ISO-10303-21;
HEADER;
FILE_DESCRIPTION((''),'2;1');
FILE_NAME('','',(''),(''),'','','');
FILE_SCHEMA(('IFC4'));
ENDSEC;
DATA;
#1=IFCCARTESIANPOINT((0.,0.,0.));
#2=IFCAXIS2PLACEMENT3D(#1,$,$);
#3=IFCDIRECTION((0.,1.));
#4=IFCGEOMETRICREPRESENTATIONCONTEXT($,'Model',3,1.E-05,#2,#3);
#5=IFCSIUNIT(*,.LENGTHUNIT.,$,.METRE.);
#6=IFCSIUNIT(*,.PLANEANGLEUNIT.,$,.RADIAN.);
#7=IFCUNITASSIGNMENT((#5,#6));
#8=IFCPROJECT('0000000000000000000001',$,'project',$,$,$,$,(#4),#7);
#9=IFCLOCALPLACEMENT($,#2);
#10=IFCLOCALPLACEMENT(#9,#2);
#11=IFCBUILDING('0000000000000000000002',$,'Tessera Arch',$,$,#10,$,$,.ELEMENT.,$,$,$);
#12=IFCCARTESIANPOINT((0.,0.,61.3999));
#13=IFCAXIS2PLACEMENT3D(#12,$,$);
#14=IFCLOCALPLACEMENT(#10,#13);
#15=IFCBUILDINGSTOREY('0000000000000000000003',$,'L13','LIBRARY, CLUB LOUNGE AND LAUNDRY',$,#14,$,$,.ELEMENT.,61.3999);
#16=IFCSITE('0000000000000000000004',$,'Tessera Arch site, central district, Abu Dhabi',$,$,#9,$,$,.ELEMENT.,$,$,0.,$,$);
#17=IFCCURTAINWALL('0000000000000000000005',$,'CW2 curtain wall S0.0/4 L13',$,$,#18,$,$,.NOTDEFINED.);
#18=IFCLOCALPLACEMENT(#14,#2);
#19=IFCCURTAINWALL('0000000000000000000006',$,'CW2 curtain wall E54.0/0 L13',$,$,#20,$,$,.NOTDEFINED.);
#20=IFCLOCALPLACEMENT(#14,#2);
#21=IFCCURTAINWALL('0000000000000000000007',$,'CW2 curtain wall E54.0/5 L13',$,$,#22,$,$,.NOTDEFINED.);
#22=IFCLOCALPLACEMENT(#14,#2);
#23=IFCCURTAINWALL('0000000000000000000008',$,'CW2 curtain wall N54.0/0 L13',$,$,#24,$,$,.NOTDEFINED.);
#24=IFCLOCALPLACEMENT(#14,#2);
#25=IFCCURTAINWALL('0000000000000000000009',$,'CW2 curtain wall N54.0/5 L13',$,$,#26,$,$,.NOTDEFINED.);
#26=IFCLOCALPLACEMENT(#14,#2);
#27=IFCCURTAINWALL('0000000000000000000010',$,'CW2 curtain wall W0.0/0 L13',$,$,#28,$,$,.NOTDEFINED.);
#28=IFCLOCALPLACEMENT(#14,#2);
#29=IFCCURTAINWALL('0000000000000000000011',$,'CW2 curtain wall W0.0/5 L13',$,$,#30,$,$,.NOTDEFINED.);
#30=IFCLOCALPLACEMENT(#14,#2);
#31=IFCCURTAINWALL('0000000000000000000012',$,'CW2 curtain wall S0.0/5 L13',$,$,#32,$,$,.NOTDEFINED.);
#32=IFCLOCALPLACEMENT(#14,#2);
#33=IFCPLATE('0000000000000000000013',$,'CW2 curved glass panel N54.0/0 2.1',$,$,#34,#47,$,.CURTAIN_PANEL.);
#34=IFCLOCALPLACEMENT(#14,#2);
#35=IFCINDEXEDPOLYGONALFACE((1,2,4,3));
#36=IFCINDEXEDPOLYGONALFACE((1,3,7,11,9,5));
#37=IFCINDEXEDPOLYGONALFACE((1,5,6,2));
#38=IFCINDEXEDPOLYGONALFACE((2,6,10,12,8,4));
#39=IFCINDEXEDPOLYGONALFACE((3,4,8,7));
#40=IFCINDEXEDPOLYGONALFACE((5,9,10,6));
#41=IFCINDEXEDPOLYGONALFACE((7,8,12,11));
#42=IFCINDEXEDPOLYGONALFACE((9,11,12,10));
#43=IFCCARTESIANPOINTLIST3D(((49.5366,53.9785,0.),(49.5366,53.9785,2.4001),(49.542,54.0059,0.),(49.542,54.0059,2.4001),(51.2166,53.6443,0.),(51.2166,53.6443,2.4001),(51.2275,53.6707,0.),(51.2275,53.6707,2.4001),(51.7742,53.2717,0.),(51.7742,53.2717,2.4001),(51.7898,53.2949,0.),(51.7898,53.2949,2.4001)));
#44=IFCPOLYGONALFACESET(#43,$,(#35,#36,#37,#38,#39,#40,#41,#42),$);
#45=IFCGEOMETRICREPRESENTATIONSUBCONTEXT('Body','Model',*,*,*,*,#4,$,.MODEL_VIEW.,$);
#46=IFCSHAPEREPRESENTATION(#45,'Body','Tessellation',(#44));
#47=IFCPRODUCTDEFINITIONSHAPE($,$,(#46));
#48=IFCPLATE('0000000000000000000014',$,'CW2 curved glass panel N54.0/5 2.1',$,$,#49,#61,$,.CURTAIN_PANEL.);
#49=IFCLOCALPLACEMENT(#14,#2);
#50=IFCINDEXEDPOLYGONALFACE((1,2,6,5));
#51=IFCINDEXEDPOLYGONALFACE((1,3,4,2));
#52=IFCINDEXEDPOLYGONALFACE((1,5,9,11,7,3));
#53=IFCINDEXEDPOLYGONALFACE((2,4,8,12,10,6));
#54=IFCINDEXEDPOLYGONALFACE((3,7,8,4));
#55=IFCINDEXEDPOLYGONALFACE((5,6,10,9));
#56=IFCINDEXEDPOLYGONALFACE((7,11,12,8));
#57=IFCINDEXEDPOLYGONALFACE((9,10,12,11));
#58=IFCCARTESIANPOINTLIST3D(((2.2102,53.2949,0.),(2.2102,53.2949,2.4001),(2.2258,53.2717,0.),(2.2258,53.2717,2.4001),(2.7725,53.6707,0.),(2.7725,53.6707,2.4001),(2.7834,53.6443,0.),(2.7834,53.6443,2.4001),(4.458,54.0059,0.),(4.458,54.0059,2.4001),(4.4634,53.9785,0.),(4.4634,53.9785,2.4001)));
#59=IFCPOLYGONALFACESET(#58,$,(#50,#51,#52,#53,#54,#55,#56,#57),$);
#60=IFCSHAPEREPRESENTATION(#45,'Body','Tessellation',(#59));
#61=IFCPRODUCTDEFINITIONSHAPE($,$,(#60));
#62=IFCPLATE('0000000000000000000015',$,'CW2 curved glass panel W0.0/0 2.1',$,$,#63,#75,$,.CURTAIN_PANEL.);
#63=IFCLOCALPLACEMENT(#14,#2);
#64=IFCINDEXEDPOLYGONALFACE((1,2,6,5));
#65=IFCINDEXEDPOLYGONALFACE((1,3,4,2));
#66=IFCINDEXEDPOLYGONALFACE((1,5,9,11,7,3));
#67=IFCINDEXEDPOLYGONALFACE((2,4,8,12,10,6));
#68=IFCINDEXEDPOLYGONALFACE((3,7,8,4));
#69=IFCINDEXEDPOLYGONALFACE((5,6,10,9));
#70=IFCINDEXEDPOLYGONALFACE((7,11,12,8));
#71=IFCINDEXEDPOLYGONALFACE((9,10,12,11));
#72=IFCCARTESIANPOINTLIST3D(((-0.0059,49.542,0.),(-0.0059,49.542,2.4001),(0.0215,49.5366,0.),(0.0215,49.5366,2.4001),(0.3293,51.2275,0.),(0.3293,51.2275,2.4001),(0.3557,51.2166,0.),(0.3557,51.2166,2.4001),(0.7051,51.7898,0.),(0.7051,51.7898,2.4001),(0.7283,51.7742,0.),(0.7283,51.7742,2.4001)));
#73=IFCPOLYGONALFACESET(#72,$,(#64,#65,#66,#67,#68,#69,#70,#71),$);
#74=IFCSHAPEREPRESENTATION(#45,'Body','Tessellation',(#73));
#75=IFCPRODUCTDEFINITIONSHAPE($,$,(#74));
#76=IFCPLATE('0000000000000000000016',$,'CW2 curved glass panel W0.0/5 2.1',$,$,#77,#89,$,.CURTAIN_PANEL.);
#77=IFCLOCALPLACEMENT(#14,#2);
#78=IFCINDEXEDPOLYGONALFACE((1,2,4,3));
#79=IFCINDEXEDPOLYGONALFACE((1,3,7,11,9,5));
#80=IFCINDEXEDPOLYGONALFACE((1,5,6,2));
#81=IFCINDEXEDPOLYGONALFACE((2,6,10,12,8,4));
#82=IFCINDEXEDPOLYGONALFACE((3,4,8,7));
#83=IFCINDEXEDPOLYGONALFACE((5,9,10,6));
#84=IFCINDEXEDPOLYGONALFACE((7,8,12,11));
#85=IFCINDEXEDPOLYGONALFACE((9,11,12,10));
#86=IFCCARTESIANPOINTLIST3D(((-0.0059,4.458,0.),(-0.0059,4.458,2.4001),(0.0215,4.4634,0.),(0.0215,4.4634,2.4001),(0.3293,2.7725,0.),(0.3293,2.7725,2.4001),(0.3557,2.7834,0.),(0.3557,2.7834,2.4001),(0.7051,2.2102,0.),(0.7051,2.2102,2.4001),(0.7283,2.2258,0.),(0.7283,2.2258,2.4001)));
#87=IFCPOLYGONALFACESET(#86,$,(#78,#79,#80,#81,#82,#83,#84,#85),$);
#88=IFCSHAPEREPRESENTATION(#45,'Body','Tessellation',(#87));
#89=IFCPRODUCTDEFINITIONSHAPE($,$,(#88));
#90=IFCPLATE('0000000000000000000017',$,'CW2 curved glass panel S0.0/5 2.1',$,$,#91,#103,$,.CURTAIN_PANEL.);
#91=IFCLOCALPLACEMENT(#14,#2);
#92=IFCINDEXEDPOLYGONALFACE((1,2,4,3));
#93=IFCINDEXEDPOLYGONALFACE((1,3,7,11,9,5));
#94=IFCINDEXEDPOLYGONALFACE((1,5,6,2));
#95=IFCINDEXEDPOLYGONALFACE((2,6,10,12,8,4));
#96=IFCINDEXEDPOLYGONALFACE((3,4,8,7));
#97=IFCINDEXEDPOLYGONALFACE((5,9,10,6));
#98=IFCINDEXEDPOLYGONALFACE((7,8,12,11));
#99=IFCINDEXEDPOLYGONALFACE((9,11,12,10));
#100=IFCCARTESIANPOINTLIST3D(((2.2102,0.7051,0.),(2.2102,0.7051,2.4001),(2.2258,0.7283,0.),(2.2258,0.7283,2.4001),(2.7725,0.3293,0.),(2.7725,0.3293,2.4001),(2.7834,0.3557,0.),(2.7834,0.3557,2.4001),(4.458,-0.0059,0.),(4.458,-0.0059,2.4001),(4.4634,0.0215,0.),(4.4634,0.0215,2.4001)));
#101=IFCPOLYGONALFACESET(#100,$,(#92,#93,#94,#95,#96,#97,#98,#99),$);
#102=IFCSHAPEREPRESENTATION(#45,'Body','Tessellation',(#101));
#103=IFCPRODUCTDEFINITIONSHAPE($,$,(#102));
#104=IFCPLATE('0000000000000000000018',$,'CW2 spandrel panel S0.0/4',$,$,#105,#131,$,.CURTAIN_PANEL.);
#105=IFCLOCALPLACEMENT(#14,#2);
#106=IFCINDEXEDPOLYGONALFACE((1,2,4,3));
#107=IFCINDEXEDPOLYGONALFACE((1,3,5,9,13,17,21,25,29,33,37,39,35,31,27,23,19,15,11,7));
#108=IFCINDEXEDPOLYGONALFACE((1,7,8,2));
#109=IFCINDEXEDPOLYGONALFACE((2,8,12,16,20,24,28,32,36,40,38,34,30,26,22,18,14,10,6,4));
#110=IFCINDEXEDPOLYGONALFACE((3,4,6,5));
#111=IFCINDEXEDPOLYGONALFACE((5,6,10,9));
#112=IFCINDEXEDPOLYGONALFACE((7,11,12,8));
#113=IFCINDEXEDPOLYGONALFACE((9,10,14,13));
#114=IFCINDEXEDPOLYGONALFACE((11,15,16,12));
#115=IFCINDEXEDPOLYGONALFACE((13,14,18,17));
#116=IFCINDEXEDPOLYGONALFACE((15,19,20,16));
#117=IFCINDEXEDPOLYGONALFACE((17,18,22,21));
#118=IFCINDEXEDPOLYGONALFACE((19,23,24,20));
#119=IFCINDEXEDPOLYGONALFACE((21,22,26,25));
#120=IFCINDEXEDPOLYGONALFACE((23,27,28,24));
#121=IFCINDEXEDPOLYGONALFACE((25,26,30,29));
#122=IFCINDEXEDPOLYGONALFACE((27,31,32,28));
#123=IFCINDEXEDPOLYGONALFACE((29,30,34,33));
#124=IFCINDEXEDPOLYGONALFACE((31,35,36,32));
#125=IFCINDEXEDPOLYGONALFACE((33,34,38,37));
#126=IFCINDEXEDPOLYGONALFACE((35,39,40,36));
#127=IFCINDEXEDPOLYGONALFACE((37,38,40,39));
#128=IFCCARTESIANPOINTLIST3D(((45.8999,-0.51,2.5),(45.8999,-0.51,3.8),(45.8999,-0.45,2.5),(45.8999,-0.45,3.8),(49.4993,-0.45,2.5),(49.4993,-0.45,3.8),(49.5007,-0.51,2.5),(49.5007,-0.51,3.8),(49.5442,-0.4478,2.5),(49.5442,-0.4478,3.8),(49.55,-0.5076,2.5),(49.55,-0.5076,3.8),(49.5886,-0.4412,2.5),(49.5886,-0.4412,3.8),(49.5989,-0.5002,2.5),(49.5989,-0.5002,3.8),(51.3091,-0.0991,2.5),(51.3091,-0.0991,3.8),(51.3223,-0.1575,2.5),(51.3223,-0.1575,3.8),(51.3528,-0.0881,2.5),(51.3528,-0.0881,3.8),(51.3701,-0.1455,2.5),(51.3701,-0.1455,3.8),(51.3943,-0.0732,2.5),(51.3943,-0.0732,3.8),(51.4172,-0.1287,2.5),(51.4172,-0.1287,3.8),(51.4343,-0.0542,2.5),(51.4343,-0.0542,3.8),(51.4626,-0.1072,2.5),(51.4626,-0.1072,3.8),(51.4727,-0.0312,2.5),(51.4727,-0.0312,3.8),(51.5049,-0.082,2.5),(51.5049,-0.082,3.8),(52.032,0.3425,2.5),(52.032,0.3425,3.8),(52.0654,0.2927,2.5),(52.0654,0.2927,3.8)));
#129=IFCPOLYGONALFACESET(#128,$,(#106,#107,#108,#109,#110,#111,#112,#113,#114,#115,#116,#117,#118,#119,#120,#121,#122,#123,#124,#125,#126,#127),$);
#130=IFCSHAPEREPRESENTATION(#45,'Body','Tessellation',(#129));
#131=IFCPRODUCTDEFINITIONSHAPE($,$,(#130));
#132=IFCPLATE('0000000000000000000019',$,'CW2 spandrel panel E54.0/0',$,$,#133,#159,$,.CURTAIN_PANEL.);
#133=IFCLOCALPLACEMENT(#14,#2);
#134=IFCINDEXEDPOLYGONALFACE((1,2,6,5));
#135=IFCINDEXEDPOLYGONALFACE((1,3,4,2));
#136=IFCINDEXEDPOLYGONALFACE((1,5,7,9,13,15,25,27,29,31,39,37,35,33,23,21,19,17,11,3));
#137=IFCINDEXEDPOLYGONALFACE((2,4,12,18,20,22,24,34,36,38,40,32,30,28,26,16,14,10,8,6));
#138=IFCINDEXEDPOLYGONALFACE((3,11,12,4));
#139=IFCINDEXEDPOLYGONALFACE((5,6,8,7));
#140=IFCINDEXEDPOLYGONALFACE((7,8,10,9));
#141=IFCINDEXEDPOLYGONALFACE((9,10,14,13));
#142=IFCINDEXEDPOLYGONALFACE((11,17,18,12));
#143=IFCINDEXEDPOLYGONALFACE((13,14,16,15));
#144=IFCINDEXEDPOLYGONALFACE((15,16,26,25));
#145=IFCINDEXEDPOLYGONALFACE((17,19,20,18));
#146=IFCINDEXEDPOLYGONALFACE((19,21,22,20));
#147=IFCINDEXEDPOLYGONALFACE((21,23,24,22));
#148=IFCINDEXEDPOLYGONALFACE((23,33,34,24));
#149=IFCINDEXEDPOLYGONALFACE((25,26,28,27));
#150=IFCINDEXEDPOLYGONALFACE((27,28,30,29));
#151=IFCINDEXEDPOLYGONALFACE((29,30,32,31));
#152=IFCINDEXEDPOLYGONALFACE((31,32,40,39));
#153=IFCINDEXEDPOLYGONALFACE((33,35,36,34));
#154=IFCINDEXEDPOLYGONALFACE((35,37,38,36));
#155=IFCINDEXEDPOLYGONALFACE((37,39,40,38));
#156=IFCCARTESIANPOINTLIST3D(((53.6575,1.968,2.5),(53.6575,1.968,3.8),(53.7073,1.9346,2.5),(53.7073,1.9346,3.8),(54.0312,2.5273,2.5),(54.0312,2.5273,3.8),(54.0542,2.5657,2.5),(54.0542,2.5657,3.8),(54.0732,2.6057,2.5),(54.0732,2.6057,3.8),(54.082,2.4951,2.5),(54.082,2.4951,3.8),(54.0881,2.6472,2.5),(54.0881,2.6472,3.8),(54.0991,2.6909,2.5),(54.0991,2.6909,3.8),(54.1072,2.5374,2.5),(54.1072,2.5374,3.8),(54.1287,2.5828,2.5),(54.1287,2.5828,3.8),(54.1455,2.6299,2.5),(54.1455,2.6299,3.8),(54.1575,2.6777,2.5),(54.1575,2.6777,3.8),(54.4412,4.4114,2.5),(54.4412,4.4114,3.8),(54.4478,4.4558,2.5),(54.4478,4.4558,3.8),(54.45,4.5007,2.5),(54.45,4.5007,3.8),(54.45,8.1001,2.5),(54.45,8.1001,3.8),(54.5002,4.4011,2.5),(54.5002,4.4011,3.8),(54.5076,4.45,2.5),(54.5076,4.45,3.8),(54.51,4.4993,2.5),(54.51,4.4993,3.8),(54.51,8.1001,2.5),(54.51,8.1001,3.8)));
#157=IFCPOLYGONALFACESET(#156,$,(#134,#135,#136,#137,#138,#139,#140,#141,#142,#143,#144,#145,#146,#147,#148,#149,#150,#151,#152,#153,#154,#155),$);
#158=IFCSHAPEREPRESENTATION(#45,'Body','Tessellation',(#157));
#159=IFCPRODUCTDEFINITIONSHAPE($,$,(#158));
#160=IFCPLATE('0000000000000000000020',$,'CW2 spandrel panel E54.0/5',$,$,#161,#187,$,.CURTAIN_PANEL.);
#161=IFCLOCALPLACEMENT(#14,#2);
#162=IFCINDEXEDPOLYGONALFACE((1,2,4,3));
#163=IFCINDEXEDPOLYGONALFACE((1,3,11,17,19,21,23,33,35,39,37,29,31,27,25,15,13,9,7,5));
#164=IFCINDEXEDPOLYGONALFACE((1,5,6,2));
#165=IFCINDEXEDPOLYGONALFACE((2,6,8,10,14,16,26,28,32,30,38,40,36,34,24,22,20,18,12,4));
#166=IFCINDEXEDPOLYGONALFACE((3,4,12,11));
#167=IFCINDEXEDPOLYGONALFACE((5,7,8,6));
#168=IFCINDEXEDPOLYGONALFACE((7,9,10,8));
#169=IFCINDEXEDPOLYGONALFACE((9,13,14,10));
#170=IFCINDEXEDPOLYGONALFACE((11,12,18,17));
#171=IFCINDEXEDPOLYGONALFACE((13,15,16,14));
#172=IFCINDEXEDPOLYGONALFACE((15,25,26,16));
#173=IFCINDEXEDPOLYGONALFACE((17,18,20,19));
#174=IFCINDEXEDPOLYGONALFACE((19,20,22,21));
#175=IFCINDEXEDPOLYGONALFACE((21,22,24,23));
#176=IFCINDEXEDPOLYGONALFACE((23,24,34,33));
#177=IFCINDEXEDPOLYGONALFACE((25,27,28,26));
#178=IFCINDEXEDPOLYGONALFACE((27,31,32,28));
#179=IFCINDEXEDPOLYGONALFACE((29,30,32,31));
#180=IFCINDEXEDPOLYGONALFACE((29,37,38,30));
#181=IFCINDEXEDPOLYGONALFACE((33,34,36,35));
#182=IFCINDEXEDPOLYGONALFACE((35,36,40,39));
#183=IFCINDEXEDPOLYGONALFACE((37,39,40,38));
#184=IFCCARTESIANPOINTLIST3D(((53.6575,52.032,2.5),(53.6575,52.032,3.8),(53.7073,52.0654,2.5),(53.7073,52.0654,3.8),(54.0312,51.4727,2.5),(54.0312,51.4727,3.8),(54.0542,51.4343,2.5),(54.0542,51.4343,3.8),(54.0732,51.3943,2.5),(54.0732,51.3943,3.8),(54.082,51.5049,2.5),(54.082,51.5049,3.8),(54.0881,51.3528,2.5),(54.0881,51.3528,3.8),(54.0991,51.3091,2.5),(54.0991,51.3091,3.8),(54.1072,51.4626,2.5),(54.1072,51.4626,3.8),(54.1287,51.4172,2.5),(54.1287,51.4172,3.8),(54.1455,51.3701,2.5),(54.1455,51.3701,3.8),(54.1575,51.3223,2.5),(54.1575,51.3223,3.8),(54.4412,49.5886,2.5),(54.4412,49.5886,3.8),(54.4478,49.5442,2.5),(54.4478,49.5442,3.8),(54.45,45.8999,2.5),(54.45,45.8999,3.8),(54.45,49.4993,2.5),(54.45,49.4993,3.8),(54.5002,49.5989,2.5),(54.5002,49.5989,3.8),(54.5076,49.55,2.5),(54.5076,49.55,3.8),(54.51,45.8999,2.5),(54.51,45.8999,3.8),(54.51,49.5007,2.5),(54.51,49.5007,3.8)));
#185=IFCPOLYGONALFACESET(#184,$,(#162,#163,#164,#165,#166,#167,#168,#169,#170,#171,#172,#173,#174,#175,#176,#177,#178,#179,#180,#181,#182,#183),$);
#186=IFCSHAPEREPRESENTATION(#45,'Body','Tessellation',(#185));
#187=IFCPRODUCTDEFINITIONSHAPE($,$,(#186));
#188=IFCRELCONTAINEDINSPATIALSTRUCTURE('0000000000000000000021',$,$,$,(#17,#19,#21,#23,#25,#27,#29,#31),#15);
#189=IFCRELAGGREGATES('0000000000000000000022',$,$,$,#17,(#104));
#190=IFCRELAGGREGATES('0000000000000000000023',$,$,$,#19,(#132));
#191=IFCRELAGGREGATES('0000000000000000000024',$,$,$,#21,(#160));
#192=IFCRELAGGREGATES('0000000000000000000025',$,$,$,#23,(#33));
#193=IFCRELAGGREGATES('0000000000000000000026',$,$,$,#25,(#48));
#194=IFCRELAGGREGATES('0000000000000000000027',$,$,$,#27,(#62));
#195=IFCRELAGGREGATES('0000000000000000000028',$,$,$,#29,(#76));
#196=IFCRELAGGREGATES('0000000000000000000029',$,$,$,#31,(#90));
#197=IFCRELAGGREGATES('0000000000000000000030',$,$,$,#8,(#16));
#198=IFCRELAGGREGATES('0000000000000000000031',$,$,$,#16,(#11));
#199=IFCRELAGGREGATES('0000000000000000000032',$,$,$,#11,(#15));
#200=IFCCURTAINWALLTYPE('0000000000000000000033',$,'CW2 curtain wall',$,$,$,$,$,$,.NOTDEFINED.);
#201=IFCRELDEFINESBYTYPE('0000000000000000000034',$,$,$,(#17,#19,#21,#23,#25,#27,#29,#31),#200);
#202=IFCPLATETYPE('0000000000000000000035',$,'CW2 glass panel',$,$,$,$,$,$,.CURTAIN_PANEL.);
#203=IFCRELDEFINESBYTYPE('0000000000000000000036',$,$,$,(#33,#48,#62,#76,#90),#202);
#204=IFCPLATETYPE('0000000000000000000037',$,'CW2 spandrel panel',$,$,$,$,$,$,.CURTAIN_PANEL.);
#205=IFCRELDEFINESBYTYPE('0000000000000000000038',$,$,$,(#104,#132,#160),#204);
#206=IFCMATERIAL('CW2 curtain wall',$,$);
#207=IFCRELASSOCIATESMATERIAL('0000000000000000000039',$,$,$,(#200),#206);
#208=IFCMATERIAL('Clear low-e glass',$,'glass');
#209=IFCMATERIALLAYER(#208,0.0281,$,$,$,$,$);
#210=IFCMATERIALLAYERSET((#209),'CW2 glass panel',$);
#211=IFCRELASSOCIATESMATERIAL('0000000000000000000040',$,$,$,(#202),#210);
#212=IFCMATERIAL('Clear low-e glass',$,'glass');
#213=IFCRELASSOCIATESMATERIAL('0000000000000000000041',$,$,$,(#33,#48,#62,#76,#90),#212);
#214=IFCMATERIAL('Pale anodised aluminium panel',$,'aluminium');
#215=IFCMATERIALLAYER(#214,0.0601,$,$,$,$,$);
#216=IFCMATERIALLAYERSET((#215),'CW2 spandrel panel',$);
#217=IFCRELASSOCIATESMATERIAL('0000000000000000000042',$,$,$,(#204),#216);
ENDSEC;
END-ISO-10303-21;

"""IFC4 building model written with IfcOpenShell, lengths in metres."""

from ifc_helpers import new_model, si_unit, direction, frame, origin, place, context, subcontext, project, spatial, polyline, outline, extrude, material, layer, layer_set, type_object, element, aggregate, save


model = new_model("IFC4")

# Units and contexts
model_context = context("Model", 3, precision=1e-05, world=origin(), true_north=direction((0.0, 1.0)))
body_context = subcontext(model_context, "Body", "Model", "MODEL_VIEW")
ifc_project = project(units=[si_unit("LENGTHUNIT", "METRE"), si_unit("PLANEANGLEUNIT", "RADIAN")], contexts=[model_context])

# Site, building, storey
site_placement = place(None, origin())
site = spatial("IfcSite", under=ifc_project, at=site_placement, Name="Tessera Arch site, central district, Abu Dhabi", CompositionType="ELEMENT", RefElevation=0.0)
building_placement = place(site_placement, origin())
building = spatial("IfcBuilding", under=site, at=building_placement, Name="Tessera Arch", CompositionType="ELEMENT")
storey_placement = place(building_placement, frame((0.0, 0.0, 61.3999)))
storey = spatial("IfcBuildingStorey", under=building, at=storey_placement, Name="L13", Description="LIBRARY, CLUB LOUNGE AND LAUNDRY", CompositionType="ELEMENT", Elevation=61.3999)

# Curtain walls
ifc_material_1 = material(Name="CW2 curtain wall")
curtain_wall_type = type_object("IfcCurtainWallType", Name="CW2 curtain wall", PredefinedType="NOTDEFINED", material=ifc_material_1)
curtain_wall_1_placement = place(storey_placement, origin())
curtain_wall_1 = element("IfcCurtainWall", 1, at=curtain_wall_1_placement, inside=storey, type_object=curtain_wall_type, Name="CW2 curtain wall S0.0/4 L13", PredefinedType="NOTDEFINED")
curtain_wall_2_placement = place(storey_placement, origin())
curtain_wall_2 = element("IfcCurtainWall", 2, at=curtain_wall_2_placement, inside=storey, type_object=curtain_wall_type, Name="CW2 curtain wall E54.0/0 L13", PredefinedType="NOTDEFINED")
curtain_wall_3_placement = place(storey_placement, origin())
curtain_wall_3 = element("IfcCurtainWall", 3, at=curtain_wall_3_placement, inside=storey, type_object=curtain_wall_type, Name="CW2 curtain wall E54.0/5 L13", PredefinedType="NOTDEFINED")
curtain_wall_4_placement = place(storey_placement, origin())
curtain_wall_4 = element("IfcCurtainWall", 4, at=curtain_wall_4_placement, inside=storey, type_object=curtain_wall_type, Name="CW2 curtain wall N54.0/0 L13", PredefinedType="NOTDEFINED")
curtain_wall_5_placement = place(storey_placement, origin())
curtain_wall_5 = element("IfcCurtainWall", 5, at=curtain_wall_5_placement, inside=storey, type_object=curtain_wall_type, Name="CW2 curtain wall N54.0/5 L13", PredefinedType="NOTDEFINED")
curtain_wall_6_placement = place(storey_placement, origin())
curtain_wall_6 = element("IfcCurtainWall", 6, at=curtain_wall_6_placement, inside=storey, type_object=curtain_wall_type, Name="CW2 curtain wall W0.0/0 L13", PredefinedType="NOTDEFINED")
curtain_wall_7_placement = place(storey_placement, origin())
curtain_wall_7 = element("IfcCurtainWall", 7, at=curtain_wall_7_placement, inside=storey, type_object=curtain_wall_type, Name="CW2 curtain wall W0.0/5 L13", PredefinedType="NOTDEFINED")
curtain_wall_8_placement = place(storey_placement, origin())
curtain_wall_8 = element("IfcCurtainWall", 8, at=curtain_wall_8_placement, inside=storey, type_object=curtain_wall_type, Name="CW2 curtain wall S0.0/5 L13", PredefinedType="NOTDEFINED")

# Plates
ifc_material_2 = material(Name="Clear low-e glass", Category="glass")
ifc_material_3 = material(Name="Clear low-e glass", Category="glass")
ifc_layer_1 = layer(ifc_material_3, 0.0281)
ifc_layer_set_1 = layer_set([ifc_layer_1], Name="CW2 glass panel")
plate_type_1 = type_object("IfcPlateType", Name="CW2 glass panel", PredefinedType="CURTAIN_PANEL", material=ifc_layer_set_1)
plate_1_placement = place(storey_placement, origin())
plate_1 = element("IfcPlate", 9, at=plate_1_placement, type_object=plate_type_1, material=ifc_material_2, Name="CW2 curved glass panel N54.0/0 2.1", PredefinedType="CURTAIN_PANEL", context=body_context, shape_type="SweptSolid", body=[
    extrude(outline(polyline([(51.2166, 53.6443), (51.7742, 53.2717), (51.7898, 53.2949), (51.2275, 53.6707), (49.542, 54.0059), (49.5366, 53.9785), (51.2166, 53.6443)])), origin(), (0.0, 0.0, 1.0), 2.4001),
])
plate_2_placement = place(storey_placement, origin())
plate_2 = element("IfcPlate", 10, at=plate_2_placement, type_object=plate_type_1, material=ifc_material_2, Name="CW2 curved glass panel N54.0/5 2.1", PredefinedType="CURTAIN_PANEL", context=body_context, shape_type="SweptSolid", body=[
    extrude(outline(polyline([(2.7834, 53.6443), (4.4634, 53.9785), (4.458, 54.0059), (2.7725, 53.6707), (2.2102, 53.2949), (2.2258, 53.2717), (2.7834, 53.6443)])), origin(), (0.0, 0.0, 1.0), 2.4001),
])
plate_3_placement = place(storey_placement, origin())
plate_3 = element("IfcPlate", 11, at=plate_3_placement, type_object=plate_type_1, material=ifc_material_2, Name="CW2 curved glass panel W0.0/0 2.1", PredefinedType="CURTAIN_PANEL", context=body_context, shape_type="SweptSolid", body=[
    extrude(outline(polyline([(0.3557, 51.2166), (0.7283, 51.7742), (0.7051, 51.7898), (0.3293, 51.2275), (-0.0059, 49.542), (0.0215, 49.5366), (0.3557, 51.2166)])), origin(), (0.0, 0.0, 1.0), 2.4001),
])
plate_4_placement = place(storey_placement, origin())
plate_4 = element("IfcPlate", 12, at=plate_4_placement, type_object=plate_type_1, material=ifc_material_2, Name="CW2 curved glass panel W0.0/5 2.1", PredefinedType="CURTAIN_PANEL", context=body_context, shape_type="SweptSolid", body=[
    extrude(outline(polyline([(0.3557, 2.7834), (0.0215, 4.4634), (-0.0059, 4.458), (0.3293, 2.7725), (0.7051, 2.2102), (0.7283, 2.2258), (0.3557, 2.7834)])), origin(), (0.0, 0.0, 1.0), 2.4001),
])
plate_5_placement = place(storey_placement, origin())
plate_5 = element("IfcPlate", 13, at=plate_5_placement, type_object=plate_type_1, material=ifc_material_2, Name="CW2 curved glass panel S0.0/5 2.1", PredefinedType="CURTAIN_PANEL", context=body_context, shape_type="SweptSolid", body=[
    extrude(outline(polyline([(2.7834, 0.3557), (2.2258, 0.7283), (2.2102, 0.7051), (2.7725, 0.3293), (4.458, -0.0059), (4.4634, 0.0215), (2.7834, 0.3557)])), origin(), (0.0, 0.0, 1.0), 2.4001),
])
ifc_material_4 = material(Name="Pale anodised aluminium panel", Category="aluminium")
ifc_layer_2 = layer(ifc_material_4, 0.0601)
ifc_layer_set_2 = layer_set([ifc_layer_2], Name="CW2 spandrel panel")
plate_type_2 = type_object("IfcPlateType", Name="CW2 spandrel panel", PredefinedType="CURTAIN_PANEL", material=ifc_layer_set_2)
plate_6_placement = place(storey_placement, frame((0.0, 0.0, 2.5)))
plate_6 = element("IfcPlate", 14, at=plate_6_placement, type_object=plate_type_2, Name="CW2 spandrel panel S0.0/4", PredefinedType="CURTAIN_PANEL", context=body_context, shape_type="SweptSolid", body=[
    extrude(outline(polyline([(49.4993, -0.45), (45.8999, -0.45), (45.8999, -0.51), (49.5007, -0.51), (49.55, -0.5076), (49.5989, -0.5002), (51.3223, -0.1575), (51.3701, -0.1455), (51.4172, -0.1287), (51.4626, -0.1072), (51.5049, -0.082), (52.0654, 0.2927), (52.032, 0.3425), (51.4727, -0.0312), (51.4343, -0.0542), (51.3943, -0.0732), (51.3528, -0.0881), (51.3091, -0.0991), (49.5886, -0.4412), (49.5442, -0.4478), (49.4993, -0.45)])), origin(), (0.0, 0.0, 1.0), 1.3),
])
aggregate(curtain_wall_1, [plate_6])
plate_7_placement = place(storey_placement, frame((0.0, 0.0, 2.5)))
plate_7 = element("IfcPlate", 15, at=plate_7_placement, type_object=plate_type_2, Name="CW2 spandrel panel E54.0/0", PredefinedType="CURTAIN_PANEL", context=body_context, shape_type="SweptSolid", body=[
    extrude(outline(polyline([(54.0312, 2.5273), (53.6575, 1.968), (53.7073, 1.9346), (54.082, 2.4951), (54.1072, 2.5374), (54.1287, 2.5828), (54.1455, 2.6299), (54.1575, 2.6777), (54.5002, 4.4011), (54.5076, 4.45), (54.51, 4.4993), (54.51, 8.1001), (54.45, 8.1001), (54.45, 4.5007), (54.4478, 4.4558), (54.4412, 4.4114), (54.0991, 2.6909), (54.0881, 2.6472), (54.0732, 2.6057), (54.0542, 2.5657), (54.0312, 2.5273)])), origin(), (0.0, 0.0, 1.0), 1.3),
])
aggregate(curtain_wall_2, [plate_7])
plate_8_placement = place(storey_placement, frame((0.0, 0.0, 2.5)))
plate_8 = element("IfcPlate", 16, at=plate_8_placement, type_object=plate_type_2, Name="CW2 spandrel panel E54.0/5", PredefinedType="CURTAIN_PANEL", context=body_context, shape_type="SweptSolid", body=[
    extrude(outline(polyline([(54.45, 49.4993), (54.45, 45.8999), (54.51, 45.8999), (54.51, 49.5007), (54.5076, 49.55), (54.5002, 49.5989), (54.1575, 51.3223), (54.1455, 51.3701), (54.1287, 51.4172), (54.1072, 51.4626), (54.082, 51.5049), (53.7073, 52.0654), (53.6575, 52.032), (54.0312, 51.4727), (54.0542, 51.4343), (54.0732, 51.3943), (54.0881, 51.3528), (54.0991, 51.3091), (54.4412, 49.5886), (54.4478, 49.5442), (54.45, 49.4993)])), origin(), (0.0, 0.0, 1.0), 1.3),
])
aggregate(curtain_wall_3, [plate_8])
aggregate(curtain_wall_4, [plate_1])
aggregate(curtain_wall_5, [plate_2])
aggregate(curtain_wall_6, [plate_3])
aggregate(curtain_wall_7, [plate_4])
aggregate(curtain_wall_8, [plate_5])

save(model, "model.ifc")
